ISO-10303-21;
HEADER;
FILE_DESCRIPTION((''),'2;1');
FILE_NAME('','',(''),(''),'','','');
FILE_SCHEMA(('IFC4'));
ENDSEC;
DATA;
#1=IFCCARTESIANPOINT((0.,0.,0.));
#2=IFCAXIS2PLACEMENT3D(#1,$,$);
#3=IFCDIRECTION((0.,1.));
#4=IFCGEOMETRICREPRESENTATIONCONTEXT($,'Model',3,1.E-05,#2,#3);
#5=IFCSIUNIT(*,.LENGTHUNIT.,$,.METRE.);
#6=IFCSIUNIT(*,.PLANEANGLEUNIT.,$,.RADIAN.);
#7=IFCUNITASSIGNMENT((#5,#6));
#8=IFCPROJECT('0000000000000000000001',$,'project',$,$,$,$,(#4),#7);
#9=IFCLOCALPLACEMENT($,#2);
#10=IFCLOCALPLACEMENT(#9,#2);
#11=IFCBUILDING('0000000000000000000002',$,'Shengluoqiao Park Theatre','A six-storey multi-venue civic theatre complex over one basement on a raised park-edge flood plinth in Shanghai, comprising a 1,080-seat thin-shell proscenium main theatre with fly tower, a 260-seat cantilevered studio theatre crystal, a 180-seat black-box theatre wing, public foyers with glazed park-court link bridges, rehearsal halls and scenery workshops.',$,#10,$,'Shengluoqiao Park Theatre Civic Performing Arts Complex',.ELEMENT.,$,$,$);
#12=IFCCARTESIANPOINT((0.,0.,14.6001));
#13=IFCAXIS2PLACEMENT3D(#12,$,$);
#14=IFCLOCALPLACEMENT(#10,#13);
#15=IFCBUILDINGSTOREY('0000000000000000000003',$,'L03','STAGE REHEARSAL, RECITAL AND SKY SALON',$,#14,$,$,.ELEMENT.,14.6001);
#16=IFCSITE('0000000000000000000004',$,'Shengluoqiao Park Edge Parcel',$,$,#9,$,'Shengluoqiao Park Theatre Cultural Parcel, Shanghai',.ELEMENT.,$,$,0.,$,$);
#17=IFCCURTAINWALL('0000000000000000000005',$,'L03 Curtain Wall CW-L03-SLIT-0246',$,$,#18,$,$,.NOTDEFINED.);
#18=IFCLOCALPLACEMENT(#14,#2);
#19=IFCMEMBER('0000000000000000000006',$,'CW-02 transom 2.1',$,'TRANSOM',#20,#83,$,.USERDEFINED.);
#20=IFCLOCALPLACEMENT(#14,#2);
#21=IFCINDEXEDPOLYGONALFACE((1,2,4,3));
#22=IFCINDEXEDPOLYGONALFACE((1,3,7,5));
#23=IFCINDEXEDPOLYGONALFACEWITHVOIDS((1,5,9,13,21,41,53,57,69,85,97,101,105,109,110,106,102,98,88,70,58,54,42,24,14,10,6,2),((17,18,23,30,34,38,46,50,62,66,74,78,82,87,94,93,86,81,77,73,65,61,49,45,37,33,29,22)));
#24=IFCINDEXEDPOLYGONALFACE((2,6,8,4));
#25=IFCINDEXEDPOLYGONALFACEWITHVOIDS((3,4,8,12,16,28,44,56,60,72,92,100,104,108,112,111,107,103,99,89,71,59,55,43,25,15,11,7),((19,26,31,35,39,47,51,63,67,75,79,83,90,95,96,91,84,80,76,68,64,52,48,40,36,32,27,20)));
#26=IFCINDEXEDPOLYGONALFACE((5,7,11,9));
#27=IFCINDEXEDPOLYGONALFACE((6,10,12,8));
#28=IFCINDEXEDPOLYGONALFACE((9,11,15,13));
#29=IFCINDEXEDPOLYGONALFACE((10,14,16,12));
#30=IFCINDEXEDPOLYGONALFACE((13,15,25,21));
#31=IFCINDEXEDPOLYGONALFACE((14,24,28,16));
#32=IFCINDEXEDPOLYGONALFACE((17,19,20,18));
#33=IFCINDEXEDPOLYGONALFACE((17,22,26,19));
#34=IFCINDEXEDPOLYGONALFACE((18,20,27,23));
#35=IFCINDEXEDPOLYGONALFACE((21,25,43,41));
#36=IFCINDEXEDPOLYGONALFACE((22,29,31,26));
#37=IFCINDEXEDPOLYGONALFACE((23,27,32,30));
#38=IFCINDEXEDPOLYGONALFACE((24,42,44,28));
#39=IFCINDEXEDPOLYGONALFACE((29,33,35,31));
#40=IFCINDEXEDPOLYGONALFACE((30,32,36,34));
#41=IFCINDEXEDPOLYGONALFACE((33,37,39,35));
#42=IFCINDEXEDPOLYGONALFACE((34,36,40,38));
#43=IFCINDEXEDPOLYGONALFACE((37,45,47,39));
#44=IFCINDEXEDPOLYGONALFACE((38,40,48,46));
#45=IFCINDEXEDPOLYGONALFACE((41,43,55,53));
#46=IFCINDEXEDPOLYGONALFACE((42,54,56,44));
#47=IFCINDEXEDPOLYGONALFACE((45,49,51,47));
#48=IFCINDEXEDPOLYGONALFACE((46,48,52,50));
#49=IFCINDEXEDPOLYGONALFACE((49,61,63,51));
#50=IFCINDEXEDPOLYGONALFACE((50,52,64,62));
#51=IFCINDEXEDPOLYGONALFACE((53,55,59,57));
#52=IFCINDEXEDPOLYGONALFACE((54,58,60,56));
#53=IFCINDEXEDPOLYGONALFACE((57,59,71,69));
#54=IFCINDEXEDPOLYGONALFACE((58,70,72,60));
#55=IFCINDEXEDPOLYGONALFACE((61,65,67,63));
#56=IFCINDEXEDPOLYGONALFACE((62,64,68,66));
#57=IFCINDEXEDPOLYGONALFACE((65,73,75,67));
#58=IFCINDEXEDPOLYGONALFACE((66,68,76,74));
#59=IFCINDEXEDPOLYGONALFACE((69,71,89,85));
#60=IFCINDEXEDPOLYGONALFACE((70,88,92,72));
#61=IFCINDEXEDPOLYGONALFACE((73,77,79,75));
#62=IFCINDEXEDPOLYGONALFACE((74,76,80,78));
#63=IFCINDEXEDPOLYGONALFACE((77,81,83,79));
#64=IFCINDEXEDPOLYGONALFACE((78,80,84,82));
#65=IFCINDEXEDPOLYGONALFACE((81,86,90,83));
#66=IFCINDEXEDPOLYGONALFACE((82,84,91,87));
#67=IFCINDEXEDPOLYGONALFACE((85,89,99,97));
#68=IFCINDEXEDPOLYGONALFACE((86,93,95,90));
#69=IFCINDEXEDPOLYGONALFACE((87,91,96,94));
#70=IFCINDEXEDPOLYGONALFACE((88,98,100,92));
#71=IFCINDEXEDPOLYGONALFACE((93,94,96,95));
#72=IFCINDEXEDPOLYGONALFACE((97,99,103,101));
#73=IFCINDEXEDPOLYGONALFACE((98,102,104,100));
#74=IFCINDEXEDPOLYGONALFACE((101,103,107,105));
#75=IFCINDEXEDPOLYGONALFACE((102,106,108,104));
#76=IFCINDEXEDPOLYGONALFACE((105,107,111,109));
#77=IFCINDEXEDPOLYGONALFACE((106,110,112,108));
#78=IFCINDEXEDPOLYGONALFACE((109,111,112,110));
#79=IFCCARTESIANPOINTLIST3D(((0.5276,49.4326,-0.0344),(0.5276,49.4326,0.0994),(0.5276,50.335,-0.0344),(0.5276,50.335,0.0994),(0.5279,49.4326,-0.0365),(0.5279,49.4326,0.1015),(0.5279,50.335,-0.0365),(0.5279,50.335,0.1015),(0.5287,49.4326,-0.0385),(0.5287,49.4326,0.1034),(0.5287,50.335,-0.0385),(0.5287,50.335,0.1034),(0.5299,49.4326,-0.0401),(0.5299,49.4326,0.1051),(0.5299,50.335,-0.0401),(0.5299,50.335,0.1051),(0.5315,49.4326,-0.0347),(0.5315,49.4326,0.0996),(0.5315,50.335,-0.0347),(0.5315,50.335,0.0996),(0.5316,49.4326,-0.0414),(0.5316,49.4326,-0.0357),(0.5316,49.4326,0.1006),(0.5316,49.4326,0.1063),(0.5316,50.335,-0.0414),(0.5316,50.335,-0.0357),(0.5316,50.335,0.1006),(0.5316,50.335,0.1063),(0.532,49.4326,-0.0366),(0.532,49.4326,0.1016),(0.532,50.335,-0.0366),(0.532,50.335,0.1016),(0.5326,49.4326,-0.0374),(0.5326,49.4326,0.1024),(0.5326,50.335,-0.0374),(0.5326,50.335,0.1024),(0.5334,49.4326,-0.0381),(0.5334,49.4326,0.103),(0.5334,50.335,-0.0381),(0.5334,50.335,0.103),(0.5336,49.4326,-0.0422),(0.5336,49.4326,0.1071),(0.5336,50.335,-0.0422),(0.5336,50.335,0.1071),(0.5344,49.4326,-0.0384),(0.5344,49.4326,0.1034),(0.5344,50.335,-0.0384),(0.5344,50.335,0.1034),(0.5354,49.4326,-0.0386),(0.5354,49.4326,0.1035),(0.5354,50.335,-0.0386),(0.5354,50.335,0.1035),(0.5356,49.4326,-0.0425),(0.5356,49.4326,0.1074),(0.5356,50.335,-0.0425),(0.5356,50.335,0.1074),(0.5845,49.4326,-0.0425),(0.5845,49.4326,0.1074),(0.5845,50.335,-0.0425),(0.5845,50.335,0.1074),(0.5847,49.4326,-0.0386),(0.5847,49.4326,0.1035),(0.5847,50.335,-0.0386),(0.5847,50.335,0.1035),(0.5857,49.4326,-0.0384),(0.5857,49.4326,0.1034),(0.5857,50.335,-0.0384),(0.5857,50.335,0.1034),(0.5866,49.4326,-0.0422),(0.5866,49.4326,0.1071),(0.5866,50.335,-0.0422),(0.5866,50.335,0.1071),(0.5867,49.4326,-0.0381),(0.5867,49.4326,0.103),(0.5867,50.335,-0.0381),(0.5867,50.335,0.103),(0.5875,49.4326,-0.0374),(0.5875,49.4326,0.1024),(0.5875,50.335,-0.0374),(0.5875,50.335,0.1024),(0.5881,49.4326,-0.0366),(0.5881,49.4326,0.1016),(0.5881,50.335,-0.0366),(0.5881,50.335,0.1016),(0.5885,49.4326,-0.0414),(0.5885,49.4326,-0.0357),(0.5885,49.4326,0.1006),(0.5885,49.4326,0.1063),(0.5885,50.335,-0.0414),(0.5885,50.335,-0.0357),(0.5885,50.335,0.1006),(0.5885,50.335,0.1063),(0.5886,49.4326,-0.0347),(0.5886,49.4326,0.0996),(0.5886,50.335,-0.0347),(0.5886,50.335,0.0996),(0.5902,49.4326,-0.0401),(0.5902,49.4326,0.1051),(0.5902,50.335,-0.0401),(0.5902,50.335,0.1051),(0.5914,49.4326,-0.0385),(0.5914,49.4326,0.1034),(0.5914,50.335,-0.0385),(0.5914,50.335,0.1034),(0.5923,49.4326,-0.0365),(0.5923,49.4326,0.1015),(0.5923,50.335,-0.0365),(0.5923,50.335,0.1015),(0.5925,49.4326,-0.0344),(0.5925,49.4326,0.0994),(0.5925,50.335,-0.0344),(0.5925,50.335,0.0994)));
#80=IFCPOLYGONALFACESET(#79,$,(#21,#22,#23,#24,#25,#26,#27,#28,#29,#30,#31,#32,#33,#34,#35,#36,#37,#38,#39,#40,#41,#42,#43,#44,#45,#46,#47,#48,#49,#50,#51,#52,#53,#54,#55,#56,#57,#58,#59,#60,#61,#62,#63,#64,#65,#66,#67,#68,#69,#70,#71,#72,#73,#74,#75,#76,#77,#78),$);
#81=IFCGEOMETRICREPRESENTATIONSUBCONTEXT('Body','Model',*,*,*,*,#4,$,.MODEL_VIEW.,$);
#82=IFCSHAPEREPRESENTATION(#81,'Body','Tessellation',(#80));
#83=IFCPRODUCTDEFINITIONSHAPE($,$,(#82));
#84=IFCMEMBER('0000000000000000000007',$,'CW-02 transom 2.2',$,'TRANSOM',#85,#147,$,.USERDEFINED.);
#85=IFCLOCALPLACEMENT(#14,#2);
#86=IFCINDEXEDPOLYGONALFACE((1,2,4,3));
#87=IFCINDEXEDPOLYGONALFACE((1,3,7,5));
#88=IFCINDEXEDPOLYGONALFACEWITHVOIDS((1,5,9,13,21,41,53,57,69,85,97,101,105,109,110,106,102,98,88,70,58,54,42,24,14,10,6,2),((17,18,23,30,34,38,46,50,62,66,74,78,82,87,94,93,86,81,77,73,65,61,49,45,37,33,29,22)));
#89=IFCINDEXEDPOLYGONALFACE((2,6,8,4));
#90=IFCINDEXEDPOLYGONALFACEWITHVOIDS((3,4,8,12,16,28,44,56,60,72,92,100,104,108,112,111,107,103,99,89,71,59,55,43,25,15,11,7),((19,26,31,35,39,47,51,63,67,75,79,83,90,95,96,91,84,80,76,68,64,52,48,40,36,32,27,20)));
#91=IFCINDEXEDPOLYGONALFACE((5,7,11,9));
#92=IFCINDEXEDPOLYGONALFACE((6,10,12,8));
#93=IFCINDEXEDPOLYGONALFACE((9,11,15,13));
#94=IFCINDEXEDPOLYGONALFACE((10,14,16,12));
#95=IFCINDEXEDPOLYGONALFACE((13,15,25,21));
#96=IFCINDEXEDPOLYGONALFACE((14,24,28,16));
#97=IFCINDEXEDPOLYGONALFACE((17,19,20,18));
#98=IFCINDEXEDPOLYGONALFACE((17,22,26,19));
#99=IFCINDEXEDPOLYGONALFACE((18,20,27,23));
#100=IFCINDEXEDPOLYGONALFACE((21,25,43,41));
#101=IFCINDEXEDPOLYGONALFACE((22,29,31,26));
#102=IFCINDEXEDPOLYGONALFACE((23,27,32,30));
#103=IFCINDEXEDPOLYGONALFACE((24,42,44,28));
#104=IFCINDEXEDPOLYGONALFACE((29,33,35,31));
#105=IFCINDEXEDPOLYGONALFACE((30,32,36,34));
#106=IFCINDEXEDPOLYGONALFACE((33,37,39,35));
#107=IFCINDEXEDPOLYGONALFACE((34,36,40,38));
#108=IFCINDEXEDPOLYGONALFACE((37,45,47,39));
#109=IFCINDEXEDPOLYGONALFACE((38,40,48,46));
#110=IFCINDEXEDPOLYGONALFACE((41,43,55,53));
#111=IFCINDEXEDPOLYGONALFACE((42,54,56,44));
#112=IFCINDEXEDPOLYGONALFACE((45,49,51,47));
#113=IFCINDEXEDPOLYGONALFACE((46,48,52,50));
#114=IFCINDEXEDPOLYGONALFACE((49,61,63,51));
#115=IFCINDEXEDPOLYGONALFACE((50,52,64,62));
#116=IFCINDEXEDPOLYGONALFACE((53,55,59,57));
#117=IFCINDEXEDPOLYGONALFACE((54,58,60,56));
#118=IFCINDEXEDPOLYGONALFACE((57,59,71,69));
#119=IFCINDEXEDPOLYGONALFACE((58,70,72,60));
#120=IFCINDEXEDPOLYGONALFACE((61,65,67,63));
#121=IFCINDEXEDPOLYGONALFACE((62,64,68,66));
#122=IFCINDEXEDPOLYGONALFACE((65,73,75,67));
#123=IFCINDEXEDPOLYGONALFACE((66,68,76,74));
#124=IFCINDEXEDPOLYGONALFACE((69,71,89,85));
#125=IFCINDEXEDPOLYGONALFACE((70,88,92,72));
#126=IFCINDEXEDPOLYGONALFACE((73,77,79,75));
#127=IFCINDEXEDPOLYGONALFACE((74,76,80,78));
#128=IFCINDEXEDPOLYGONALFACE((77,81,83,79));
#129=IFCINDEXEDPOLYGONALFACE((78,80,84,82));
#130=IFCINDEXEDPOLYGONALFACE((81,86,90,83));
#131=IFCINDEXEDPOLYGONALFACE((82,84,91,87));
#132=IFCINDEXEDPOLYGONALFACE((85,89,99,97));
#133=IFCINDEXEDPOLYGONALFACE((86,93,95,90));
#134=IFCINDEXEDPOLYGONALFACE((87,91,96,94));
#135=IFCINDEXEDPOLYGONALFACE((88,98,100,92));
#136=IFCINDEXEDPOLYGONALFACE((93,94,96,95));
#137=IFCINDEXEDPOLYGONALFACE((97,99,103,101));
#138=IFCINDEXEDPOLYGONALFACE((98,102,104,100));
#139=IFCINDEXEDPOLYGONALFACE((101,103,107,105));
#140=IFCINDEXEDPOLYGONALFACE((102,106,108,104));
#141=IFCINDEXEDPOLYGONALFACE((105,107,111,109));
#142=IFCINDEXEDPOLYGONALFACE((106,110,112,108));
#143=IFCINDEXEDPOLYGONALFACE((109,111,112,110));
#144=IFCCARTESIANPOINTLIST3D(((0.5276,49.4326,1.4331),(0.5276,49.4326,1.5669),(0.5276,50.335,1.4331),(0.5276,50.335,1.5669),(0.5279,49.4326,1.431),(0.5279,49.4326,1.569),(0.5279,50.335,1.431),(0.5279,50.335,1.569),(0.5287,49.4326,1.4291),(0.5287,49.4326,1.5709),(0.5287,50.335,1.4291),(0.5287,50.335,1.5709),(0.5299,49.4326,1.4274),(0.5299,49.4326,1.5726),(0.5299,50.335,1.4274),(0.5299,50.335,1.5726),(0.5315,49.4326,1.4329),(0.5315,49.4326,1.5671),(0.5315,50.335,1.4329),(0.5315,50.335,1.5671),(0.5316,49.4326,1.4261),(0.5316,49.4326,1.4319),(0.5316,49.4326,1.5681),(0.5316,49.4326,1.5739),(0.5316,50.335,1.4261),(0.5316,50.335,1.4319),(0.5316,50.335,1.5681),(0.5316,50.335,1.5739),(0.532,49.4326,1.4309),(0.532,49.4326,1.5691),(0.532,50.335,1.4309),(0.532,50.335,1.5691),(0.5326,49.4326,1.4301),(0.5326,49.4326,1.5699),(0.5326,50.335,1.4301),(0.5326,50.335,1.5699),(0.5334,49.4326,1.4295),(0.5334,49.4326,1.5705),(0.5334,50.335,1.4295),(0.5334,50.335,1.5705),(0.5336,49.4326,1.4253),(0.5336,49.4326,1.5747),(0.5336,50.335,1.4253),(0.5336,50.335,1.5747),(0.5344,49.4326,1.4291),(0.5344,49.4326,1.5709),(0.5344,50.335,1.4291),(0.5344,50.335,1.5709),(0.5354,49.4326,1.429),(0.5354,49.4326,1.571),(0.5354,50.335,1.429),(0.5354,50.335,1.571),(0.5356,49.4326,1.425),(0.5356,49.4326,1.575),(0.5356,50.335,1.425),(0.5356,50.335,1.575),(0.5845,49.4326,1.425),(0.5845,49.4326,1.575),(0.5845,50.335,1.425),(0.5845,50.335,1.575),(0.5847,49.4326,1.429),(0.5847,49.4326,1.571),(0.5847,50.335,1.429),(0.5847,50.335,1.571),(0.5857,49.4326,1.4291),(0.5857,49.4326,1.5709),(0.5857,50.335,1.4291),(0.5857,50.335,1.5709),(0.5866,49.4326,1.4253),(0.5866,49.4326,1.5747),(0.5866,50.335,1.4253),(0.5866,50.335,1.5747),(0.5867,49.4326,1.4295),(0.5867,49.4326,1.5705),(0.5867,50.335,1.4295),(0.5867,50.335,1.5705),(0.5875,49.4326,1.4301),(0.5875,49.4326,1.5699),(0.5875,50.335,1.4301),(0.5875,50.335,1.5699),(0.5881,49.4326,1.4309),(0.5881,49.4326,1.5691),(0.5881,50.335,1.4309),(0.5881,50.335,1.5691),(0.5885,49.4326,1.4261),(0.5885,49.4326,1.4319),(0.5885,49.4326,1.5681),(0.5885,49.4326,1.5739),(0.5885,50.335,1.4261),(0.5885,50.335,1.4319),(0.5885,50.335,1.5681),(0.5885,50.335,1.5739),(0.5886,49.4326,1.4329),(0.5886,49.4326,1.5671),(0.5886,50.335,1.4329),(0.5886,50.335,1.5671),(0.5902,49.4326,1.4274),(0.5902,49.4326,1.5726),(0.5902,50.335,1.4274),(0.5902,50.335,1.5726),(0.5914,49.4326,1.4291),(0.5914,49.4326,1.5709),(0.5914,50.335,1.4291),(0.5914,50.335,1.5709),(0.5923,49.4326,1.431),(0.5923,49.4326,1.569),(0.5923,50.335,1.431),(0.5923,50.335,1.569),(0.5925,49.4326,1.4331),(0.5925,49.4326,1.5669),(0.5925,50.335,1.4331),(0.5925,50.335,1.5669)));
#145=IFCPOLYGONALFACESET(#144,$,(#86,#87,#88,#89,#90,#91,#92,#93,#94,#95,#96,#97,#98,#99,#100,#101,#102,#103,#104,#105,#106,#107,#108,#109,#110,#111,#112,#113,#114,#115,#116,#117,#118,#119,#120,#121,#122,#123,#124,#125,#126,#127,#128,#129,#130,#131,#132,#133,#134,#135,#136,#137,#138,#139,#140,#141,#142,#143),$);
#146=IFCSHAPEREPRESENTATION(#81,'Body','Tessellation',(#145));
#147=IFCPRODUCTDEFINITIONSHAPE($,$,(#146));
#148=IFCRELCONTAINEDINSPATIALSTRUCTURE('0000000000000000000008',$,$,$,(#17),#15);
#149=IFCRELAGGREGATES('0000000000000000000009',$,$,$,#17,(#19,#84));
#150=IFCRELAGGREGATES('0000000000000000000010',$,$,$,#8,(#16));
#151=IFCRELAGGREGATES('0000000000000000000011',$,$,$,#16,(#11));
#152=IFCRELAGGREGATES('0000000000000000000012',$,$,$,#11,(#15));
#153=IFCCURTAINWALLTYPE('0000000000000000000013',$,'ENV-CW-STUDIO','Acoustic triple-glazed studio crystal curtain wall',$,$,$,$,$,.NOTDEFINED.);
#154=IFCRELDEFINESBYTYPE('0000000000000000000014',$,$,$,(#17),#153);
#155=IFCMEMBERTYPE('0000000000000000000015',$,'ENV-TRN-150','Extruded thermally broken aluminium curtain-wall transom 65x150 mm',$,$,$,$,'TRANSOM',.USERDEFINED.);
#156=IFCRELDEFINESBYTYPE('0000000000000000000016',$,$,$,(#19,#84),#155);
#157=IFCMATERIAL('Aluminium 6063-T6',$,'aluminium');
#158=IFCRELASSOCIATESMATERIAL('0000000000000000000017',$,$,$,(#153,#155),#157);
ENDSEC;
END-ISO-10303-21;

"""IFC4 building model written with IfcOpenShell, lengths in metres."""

from ifc_helpers import new_model, si_unit, direction, frame, origin, origin_2d, place, context, subcontext, project, spatial, hollow_rectangle, extrude, material, material_profile, profile_set, type_object, element, aggregate, save


model = new_model("IFC4")

# Units and contexts
model_context = context("Model", 3, precision=1e-05, world=origin(), true_north=direction((0.0, 1.0)))
body_context = subcontext(model_context, "Body", "Model", "MODEL_VIEW")
ifc_project = project(units=[si_unit("LENGTHUNIT", "METRE"), si_unit("PLANEANGLEUNIT", "RADIAN")], contexts=[model_context])

# Site, building, storey
site_placement = place(None, origin())
site = spatial("IfcSite", under=ifc_project, at=site_placement, Name="Shengluoqiao Park Edge Parcel", LongName="Shengluoqiao Park Theatre Cultural Parcel, Shanghai", CompositionType="ELEMENT", RefElevation=0.0)
building_placement = place(site_placement, origin())
building = spatial("IfcBuilding", under=site, at=building_placement, Name="Shengluoqiao Park Theatre", Description="A six-storey multi-venue civic theatre complex over one basement on a raised park-edge flood plinth in Shanghai, comprising a 1,080-seat thin-shell proscenium main theatre with fly tower, a 260-seat cantilevered studio theatre crystal, a 180-seat black-box theatre wing, public foyers with glazed park-court link bridges, rehearsal halls and scenery workshops.", LongName="Shengluoqiao Park Theatre Civic Performing Arts Complex", CompositionType="ELEMENT")
storey_placement = place(building_placement, frame((0.0, 0.0, 14.6001)))
storey = spatial("IfcBuildingStorey", under=building, at=storey_placement, Name="L03", Description="STAGE REHEARSAL, RECITAL AND SKY SALON", CompositionType="ELEMENT", Elevation=14.6001)

# Shared definitions
ifc_material_1 = material(Name="Aluminium 6063-T6", Category="aluminium")
curtain_wall_type = type_object("IfcCurtainWallType", Name="ENV-CW-STUDIO", Description="Acoustic triple-glazed studio crystal curtain wall", PredefinedType="NOTDEFINED", material=ifc_material_1)

# Curtain wall, members
curtain_wall_1_placement = place(storey_placement, origin())
curtain_wall_1 = element("IfcCurtainWall", 1, at=curtain_wall_1_placement, inside=storey, type_object=curtain_wall_type, Name="L03 Curtain Wall CW-L03-SLIT-0246", PredefinedType="NOTDEFINED")
ifc_material_profile_1 = material_profile(ifc_material_1, hollow_rectangle(XDim=0.0649, YDim=0.1499, WallThickness=0.0039, InnerFilletRadius=0.0039, OuterFilletRadius=0.0081, at=origin_2d()), Name="ALU TRANSOM 150x65x4")
ifc_profile_set_1 = profile_set([ifc_material_profile_1], Name="Aluminium 6063-T6")
member_type_1 = type_object("IfcMemberType", Name="ENV-TRN-150", Description="Extruded thermally broken aluminium curtain-wall transom 65x150 mm", ElementType="TRANSOM", PredefinedType="USERDEFINED", material=ifc_profile_set_1)
member_1_placement = place(storey_placement, frame((0.5601, 49.4326, 0.0325), z_axis=(0.0, 1.0, 0.0), x_axis=(-1.0, 0.0, 0.0)))
member_1 = element("IfcMember", 2, at=member_1_placement, type_object=member_type_1, Name="CW-02 transom 2.1", ObjectType="TRANSOM", PredefinedType="USERDEFINED", context=body_context, shape_type="SweptSolid", body=[
    extrude(hollow_rectangle(XDim=0.0649, YDim=0.1499, WallThickness=0.0039, InnerFilletRadius=0.0039, OuterFilletRadius=0.0081, at=origin_2d()), origin(), (0.0, 0.0, 1.0), 0.9023),
])
member_2_placement = place(storey_placement, frame((0.5601, 49.4326, 1.5), z_axis=(0.0, 1.0, 0.0), x_axis=(-1.0, 0.0, 0.0)))
member_2 = element("IfcMember", 3, at=member_2_placement, type_object=member_type_1, Name="CW-02 transom 2.2", ObjectType="TRANSOM", PredefinedType="USERDEFINED", context=body_context, shape_type="SweptSolid", body=[
    extrude(hollow_rectangle(XDim=0.0649, YDim=0.1499, WallThickness=0.0039, InnerFilletRadius=0.0039, OuterFilletRadius=0.0081, at=origin_2d()), origin(), (0.0, 0.0, 1.0), 0.9023),
])

aggregate(curtain_wall_1, [member_1, member_2])

save(model, "model.ifc")
